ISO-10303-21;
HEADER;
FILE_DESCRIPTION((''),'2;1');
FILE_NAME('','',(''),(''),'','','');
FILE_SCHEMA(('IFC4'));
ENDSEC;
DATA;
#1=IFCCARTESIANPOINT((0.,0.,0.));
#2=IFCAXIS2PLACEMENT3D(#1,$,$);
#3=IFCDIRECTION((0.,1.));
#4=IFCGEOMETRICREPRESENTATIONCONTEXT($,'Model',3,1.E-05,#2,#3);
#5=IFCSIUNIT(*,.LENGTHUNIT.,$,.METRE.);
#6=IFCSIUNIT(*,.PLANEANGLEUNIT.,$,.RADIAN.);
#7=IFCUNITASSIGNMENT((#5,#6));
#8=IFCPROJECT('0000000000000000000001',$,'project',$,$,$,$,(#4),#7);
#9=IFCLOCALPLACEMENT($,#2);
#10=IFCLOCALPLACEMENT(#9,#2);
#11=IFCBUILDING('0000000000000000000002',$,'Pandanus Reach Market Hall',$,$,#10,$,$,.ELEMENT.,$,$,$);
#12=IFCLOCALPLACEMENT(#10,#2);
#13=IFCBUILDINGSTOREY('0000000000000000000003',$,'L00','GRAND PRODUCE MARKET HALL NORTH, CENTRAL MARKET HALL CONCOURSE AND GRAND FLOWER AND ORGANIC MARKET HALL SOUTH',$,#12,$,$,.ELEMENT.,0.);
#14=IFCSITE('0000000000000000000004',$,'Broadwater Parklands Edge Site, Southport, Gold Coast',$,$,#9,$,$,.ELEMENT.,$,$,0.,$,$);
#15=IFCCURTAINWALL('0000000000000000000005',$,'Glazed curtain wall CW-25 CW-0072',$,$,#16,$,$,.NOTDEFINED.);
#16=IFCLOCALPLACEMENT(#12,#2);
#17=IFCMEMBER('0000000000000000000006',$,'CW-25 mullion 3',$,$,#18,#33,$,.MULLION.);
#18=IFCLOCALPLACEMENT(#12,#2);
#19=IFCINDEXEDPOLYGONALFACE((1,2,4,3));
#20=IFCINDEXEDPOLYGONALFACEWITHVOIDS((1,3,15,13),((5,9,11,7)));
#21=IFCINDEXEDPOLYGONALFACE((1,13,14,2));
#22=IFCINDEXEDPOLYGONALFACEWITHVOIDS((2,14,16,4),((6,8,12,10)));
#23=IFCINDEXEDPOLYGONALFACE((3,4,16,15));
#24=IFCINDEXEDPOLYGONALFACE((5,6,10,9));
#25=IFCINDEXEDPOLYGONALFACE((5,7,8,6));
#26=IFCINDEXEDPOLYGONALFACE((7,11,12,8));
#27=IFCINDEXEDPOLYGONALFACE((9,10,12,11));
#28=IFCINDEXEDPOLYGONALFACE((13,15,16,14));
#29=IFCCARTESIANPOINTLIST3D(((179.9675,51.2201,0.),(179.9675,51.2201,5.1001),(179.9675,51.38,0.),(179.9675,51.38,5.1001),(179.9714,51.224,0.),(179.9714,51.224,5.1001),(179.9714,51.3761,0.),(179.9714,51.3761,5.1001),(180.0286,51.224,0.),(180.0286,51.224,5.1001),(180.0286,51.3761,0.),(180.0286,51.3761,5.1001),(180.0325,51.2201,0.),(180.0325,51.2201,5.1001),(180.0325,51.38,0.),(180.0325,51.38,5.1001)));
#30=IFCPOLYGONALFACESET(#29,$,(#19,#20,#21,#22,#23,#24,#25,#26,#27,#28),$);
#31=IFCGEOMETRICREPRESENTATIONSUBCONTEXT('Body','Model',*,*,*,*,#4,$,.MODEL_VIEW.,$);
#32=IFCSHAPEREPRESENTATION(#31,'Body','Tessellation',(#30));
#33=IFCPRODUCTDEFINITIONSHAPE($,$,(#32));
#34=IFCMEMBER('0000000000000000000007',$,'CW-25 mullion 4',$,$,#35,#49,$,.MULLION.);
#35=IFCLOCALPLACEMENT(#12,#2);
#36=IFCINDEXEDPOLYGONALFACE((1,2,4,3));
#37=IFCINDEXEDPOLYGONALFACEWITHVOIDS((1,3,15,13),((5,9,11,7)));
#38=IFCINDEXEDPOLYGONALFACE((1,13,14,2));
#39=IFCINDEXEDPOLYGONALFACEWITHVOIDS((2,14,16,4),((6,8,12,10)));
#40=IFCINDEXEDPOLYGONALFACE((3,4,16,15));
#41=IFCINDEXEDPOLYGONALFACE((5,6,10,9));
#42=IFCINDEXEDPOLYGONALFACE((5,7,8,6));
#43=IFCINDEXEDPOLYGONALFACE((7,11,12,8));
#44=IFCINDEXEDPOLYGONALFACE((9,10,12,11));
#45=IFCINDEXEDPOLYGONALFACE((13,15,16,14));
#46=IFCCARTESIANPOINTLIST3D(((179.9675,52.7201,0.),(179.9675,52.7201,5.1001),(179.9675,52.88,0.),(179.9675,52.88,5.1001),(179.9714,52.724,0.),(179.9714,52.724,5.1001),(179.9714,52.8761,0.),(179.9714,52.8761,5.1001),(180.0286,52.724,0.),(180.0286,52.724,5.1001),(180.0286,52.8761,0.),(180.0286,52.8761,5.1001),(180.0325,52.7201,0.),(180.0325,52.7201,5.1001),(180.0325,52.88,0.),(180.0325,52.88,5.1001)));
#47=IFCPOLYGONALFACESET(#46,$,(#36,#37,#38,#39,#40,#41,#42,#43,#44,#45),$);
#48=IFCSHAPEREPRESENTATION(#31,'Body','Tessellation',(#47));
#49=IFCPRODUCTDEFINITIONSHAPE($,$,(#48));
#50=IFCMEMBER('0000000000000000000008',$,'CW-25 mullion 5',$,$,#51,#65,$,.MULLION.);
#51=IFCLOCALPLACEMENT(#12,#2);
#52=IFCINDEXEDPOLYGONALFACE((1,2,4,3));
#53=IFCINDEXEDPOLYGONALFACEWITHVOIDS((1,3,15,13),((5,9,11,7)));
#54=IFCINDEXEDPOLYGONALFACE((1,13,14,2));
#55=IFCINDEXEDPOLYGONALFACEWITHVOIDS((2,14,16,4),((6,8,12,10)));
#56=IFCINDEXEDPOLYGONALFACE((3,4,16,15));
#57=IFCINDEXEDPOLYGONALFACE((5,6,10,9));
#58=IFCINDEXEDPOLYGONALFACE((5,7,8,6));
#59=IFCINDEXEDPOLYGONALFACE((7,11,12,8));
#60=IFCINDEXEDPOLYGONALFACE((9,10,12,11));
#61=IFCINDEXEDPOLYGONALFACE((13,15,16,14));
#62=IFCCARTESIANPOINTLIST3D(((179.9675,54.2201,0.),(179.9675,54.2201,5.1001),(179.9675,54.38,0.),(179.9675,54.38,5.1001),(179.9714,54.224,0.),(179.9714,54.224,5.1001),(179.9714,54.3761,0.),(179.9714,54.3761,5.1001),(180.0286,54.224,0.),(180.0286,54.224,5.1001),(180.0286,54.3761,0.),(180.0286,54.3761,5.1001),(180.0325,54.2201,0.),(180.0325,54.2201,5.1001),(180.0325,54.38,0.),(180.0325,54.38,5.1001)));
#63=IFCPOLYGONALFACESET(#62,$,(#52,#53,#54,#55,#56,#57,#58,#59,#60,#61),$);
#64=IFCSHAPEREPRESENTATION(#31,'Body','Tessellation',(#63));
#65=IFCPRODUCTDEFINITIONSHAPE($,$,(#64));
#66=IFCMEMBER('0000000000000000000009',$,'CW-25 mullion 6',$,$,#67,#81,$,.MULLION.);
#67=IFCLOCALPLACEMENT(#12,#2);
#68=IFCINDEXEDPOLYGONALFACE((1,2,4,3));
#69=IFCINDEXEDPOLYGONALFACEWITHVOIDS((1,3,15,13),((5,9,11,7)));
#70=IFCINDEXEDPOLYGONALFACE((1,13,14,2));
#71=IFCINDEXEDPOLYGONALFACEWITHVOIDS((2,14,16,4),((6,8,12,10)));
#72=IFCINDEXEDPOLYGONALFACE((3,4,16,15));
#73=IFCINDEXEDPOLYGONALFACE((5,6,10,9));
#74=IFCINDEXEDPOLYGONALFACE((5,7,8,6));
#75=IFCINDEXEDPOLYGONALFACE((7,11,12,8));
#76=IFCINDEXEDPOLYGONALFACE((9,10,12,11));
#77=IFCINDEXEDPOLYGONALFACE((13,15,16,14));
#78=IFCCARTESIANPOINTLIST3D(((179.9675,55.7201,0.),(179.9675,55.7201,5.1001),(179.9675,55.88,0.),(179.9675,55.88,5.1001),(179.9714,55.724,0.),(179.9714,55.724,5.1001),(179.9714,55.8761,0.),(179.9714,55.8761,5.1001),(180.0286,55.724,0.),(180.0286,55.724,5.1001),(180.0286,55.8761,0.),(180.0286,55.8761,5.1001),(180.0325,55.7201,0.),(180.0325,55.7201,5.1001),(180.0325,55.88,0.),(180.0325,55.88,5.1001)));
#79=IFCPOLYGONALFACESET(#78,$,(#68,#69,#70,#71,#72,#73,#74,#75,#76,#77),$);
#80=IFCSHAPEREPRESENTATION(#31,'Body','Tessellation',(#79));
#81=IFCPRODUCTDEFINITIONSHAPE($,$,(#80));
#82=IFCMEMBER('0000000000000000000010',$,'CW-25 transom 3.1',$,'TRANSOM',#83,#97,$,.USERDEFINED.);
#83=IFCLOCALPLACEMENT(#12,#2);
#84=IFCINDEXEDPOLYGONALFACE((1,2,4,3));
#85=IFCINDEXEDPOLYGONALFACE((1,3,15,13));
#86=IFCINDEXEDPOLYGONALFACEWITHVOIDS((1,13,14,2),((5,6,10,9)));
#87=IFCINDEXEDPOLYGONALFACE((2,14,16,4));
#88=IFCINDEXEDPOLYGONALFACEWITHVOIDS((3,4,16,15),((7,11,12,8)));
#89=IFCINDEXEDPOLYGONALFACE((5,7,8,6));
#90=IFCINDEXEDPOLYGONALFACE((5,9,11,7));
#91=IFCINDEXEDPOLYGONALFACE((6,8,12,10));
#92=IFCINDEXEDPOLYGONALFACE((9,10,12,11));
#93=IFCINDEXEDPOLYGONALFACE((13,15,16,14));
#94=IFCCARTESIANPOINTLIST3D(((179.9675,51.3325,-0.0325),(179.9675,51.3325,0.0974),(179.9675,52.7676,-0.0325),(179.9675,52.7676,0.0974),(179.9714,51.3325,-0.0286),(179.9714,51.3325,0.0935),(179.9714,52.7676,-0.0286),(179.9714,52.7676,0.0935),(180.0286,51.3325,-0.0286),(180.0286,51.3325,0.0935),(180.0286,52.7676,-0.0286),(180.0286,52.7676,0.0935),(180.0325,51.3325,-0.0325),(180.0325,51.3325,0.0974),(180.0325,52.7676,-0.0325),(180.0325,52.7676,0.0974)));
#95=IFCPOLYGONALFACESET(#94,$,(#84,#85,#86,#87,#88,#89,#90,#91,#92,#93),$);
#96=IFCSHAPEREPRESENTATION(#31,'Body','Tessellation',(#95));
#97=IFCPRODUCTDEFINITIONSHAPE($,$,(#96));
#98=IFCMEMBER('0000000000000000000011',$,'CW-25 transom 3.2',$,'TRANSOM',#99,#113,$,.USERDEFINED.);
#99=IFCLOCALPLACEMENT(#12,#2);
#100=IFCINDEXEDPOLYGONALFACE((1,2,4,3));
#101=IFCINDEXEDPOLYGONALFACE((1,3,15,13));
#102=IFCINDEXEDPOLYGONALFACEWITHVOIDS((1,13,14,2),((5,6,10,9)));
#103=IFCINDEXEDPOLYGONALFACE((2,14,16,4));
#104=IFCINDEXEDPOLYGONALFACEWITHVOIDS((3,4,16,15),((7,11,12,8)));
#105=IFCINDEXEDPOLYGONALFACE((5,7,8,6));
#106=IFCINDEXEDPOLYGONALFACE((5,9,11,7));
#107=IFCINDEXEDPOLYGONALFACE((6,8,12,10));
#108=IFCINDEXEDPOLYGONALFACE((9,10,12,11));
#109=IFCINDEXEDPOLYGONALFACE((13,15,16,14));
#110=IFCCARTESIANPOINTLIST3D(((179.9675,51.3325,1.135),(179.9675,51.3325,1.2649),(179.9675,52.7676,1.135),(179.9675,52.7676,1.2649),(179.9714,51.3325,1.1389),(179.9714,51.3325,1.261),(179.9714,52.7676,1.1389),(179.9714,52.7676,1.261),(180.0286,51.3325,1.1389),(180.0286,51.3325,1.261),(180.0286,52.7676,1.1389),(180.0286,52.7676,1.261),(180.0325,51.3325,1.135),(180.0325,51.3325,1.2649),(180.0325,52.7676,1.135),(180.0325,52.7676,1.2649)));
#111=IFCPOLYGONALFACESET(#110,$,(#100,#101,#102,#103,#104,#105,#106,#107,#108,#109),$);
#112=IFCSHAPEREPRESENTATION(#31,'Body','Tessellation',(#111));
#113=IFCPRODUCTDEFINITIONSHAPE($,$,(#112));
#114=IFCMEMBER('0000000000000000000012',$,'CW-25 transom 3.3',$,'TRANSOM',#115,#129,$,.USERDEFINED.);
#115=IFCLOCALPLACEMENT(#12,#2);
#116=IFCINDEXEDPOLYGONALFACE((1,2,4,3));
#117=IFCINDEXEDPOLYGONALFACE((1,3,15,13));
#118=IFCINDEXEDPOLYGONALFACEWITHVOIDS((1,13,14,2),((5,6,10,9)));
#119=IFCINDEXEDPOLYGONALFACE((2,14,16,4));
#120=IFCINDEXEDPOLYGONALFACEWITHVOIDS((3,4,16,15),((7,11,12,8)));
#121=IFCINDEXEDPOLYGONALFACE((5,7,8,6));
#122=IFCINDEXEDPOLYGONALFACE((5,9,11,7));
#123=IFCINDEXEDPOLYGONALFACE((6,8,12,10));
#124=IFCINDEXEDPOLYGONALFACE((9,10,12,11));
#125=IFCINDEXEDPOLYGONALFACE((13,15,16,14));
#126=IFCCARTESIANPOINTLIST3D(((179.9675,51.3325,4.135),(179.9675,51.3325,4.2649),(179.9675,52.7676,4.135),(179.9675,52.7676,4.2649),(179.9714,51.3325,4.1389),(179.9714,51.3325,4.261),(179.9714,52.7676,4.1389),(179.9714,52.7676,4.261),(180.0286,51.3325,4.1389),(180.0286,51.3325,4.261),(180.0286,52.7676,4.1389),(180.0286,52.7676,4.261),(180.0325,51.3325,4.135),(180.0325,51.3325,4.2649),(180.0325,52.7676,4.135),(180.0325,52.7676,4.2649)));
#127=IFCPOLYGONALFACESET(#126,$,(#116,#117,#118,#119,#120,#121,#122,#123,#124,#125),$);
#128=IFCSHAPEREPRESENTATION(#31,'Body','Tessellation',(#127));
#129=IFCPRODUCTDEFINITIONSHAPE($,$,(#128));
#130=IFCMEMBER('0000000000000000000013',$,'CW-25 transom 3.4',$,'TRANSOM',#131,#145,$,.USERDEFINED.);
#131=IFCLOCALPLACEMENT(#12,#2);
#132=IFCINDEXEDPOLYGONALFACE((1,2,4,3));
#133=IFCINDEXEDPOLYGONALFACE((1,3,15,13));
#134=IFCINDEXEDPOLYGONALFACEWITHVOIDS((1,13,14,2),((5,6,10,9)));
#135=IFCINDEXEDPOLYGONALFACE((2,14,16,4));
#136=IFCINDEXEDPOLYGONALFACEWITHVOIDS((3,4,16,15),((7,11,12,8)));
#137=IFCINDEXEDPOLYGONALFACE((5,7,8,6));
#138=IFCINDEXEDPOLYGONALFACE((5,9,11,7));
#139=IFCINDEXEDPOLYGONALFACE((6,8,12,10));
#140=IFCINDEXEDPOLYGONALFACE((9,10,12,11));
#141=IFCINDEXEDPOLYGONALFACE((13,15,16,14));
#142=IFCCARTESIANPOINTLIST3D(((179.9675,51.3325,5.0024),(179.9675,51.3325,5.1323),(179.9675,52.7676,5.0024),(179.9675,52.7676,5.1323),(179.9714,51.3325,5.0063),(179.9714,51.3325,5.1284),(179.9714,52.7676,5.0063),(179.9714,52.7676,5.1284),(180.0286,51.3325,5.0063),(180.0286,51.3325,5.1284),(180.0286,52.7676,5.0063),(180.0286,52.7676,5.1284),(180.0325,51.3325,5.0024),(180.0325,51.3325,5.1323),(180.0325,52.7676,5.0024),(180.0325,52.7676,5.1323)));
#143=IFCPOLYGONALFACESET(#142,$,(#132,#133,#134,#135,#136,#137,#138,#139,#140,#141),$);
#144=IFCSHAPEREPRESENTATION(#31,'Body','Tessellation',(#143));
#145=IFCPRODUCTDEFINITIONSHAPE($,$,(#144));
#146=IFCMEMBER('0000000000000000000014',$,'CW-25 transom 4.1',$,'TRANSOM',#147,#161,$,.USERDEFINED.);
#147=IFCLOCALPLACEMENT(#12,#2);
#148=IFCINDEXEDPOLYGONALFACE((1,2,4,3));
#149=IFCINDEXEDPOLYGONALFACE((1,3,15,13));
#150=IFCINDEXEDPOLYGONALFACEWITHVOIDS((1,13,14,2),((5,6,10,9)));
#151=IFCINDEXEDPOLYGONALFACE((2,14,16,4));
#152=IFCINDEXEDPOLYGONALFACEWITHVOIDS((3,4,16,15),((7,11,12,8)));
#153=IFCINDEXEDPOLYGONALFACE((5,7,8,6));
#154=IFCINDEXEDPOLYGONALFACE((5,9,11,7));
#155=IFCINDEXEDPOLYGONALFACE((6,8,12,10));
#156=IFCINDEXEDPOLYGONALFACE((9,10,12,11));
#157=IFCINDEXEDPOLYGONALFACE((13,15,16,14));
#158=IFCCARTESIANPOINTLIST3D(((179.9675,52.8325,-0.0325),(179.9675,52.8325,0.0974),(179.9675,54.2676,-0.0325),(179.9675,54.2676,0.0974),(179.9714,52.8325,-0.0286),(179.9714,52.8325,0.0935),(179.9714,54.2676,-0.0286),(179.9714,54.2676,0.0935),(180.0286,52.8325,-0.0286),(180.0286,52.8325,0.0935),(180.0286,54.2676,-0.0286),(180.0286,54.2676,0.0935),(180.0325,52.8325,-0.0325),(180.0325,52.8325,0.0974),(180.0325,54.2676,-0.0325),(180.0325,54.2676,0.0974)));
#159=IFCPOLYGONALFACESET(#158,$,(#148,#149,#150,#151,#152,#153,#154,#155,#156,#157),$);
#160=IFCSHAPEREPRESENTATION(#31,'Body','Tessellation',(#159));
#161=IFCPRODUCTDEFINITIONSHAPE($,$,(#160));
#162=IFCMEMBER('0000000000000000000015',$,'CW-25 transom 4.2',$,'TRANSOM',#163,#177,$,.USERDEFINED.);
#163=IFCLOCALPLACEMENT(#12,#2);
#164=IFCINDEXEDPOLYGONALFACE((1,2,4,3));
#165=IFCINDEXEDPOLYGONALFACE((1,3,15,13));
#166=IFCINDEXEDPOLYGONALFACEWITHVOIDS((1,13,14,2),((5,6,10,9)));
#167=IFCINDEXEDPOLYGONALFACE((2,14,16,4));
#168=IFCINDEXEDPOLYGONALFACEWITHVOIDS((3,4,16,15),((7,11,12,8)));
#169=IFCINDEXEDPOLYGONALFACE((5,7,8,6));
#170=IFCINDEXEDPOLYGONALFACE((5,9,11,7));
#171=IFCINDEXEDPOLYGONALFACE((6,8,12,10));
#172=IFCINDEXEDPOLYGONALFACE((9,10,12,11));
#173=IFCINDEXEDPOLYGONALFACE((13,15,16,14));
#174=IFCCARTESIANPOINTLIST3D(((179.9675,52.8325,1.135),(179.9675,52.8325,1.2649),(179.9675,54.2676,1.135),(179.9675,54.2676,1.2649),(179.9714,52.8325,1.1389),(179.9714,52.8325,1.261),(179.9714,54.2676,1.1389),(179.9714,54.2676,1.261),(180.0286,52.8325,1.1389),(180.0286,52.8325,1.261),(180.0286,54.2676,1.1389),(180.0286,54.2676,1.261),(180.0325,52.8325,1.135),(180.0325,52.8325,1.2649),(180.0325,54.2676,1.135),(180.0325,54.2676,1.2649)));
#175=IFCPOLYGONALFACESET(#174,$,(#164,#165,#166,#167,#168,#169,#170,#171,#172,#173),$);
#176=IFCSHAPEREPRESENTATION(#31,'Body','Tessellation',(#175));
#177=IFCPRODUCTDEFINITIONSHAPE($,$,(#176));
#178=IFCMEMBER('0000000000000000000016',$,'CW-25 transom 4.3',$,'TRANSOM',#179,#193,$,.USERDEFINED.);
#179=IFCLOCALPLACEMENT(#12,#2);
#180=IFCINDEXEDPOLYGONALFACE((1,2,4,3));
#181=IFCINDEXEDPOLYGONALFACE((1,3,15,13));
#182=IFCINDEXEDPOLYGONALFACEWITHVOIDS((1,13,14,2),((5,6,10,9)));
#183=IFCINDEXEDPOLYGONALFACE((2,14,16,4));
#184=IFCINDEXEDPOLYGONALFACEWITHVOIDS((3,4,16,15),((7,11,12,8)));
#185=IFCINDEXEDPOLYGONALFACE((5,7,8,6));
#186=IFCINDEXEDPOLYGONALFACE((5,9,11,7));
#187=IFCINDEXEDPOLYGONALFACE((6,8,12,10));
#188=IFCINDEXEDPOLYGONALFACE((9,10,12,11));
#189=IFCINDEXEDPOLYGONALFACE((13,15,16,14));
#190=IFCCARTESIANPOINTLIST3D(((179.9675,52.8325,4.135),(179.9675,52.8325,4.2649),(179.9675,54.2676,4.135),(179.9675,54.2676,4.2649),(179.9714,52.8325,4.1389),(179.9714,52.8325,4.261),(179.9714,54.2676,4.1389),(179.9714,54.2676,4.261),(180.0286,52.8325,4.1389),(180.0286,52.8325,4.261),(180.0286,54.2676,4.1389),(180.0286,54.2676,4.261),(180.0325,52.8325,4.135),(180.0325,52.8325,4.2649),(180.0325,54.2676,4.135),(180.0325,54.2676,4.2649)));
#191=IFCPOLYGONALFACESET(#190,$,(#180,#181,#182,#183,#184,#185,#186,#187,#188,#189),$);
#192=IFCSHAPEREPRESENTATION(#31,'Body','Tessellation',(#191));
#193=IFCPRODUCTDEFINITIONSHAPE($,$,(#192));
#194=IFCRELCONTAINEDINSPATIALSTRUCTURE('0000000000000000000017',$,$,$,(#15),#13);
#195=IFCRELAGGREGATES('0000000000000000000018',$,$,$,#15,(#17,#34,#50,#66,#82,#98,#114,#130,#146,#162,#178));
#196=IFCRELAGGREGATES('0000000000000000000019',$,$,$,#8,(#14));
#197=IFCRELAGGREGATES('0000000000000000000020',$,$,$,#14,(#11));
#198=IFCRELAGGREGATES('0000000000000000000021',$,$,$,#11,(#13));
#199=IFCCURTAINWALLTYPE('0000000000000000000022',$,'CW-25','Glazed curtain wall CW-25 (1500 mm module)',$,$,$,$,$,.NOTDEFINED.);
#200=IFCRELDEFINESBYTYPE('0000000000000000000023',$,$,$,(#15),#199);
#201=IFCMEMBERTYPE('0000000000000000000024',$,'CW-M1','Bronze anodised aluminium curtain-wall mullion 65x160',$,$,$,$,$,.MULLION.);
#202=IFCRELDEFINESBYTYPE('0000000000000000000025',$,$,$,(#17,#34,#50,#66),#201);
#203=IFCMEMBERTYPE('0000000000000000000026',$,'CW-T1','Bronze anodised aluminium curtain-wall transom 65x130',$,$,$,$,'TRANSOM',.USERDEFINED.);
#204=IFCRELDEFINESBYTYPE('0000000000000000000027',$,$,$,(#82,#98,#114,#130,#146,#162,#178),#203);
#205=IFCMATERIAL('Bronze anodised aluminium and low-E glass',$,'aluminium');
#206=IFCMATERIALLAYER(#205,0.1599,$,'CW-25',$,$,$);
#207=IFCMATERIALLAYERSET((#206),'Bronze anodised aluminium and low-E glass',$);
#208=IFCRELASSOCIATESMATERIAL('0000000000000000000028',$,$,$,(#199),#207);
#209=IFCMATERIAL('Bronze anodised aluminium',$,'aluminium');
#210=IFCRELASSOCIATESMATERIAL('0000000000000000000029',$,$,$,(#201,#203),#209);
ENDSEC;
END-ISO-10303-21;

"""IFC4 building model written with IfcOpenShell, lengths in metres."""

from ifc_helpers import new_model, si_unit, direction, frame, origin, origin_2d, place, context, subcontext, project, spatial, hollow_rectangle, extrude, material, layer, layer_set, material_profile, profile_set, type_object, element, aggregate, save


model = new_model("IFC4")

# Units and contexts
model_context = context("Model", 3, precision=1e-05, world=origin(), true_north=direction((0.0, 1.0)))
body_context = subcontext(model_context, "Body", "Model", "MODEL_VIEW")
ifc_project = project(units=[si_unit("LENGTHUNIT", "METRE"), si_unit("PLANEANGLEUNIT", "RADIAN")], contexts=[model_context])

# Site, building, storey
site_placement = place(None, origin())
site = spatial("IfcSite", under=ifc_project, at=site_placement, Name="Broadwater Parklands Edge Site, Southport, Gold Coast", CompositionType="ELEMENT", RefElevation=0.0)
building_placement = place(site_placement, origin())
building = spatial("IfcBuilding", under=site, at=building_placement, Name="Pandanus Reach Market Hall", CompositionType="ELEMENT")
storey_placement = place(building_placement, origin())
storey = spatial("IfcBuildingStorey", under=building, at=storey_placement, Name="L00", Description="GRAND PRODUCE MARKET HALL NORTH, CENTRAL MARKET HALL CONCOURSE AND GRAND FLOWER AND ORGANIC MARKET HALL SOUTH", CompositionType="ELEMENT", Elevation=0.0)

# Curtain wall, members
ifc_material_1 = material(Name="Bronze anodised aluminium and low-E glass", Category="aluminium")
ifc_layer_1 = layer(ifc_material_1, 0.1599, Name="CW-25")
ifc_layer_set_1 = layer_set([ifc_layer_1], Name="Bronze anodised aluminium and low-E glass")
curtain_wall_type = type_object("IfcCurtainWallType", Name="CW-25", Description="Glazed curtain wall CW-25 (1500 mm module)", PredefinedType="NOTDEFINED", material=ifc_layer_set_1)
curtain_wall_placement = place(storey_placement, origin())
curtain_wall = element("IfcCurtainWall", 1, at=curtain_wall_placement, inside=storey, type_object=curtain_wall_type, Name="Glazed curtain wall CW-25 CW-0072", PredefinedType="NOTDEFINED")
ifc_material_2 = material(Name="Bronze anodised aluminium", Category="aluminium")
ifc_material_profile_1 = material_profile(ifc_material_2, hollow_rectangle(XDim=0.0649, YDim=0.1599, WallThickness=0.0039, at=origin_2d()), Name="ALU65x160", Category="LoadBearing")
ifc_profile_set_1 = profile_set([ifc_material_profile_1], Name="Bronze anodised aluminium")
member_type_1 = type_object("IfcMemberType", Name="CW-M1", Description="Bronze anodised aluminium curtain-wall mullion 65x160", PredefinedType="MULLION", material=ifc_profile_set_1)
member_1_placement = place(storey_placement, frame((180.0, 51.3, 0.0), z_axis=(0.0, 0.0, 1.0), x_axis=(-1.0, 0.0, 0.0)))
member_1 = element("IfcMember", 2, at=member_1_placement, type_object=member_type_1, Name="CW-25 mullion 3", PredefinedType="MULLION", context=body_context, shape_type="SweptSolid", body=[
    extrude(hollow_rectangle(XDim=0.0649, YDim=0.1599, WallThickness=0.0039, at=origin_2d()), origin(), (0.0, 0.0, 1.0), 5.1001),
])
member_2_placement = place(storey_placement, frame((180.0, 52.8, 0.0), z_axis=(0.0, 0.0, 1.0), x_axis=(-1.0, 0.0, 0.0)))
member_2 = element("IfcMember", 3, at=member_2_placement, type_object=member_type_1, Name="CW-25 mullion 4", PredefinedType="MULLION", context=body_context, shape_type="SweptSolid", body=[
    extrude(hollow_rectangle(XDim=0.0649, YDim=0.1599, WallThickness=0.0039, at=origin_2d()), origin(), (0.0, 0.0, 1.0), 5.1001),
])
member_3_placement = place(storey_placement, frame((180.0, 54.3, 0.0), z_axis=(0.0, 0.0, 1.0), x_axis=(-1.0, 0.0, 0.0)))
member_3 = element("IfcMember", 4, at=member_3_placement, type_object=member_type_1, Name="CW-25 mullion 5", PredefinedType="MULLION", context=body_context, shape_type="SweptSolid", body=[
    extrude(hollow_rectangle(XDim=0.0649, YDim=0.1599, WallThickness=0.0039, at=origin_2d()), origin(), (0.0, 0.0, 1.0), 5.1001),
])
member_4_placement = place(storey_placement, frame((180.0, 55.8, 0.0), z_axis=(0.0, 0.0, 1.0), x_axis=(-1.0, 0.0, 0.0)))
member_4 = element("IfcMember", 5, at=member_4_placement, type_object=member_type_1, Name="CW-25 mullion 6", PredefinedType="MULLION", context=body_context, shape_type="SweptSolid", body=[
    extrude(hollow_rectangle(XDim=0.0649, YDim=0.1599, WallThickness=0.0039, at=origin_2d()), origin(), (0.0, 0.0, 1.0), 5.1001),
])
ifc_material_profile_2 = material_profile(ifc_material_2, hollow_rectangle(XDim=0.0649, YDim=0.1299, WallThickness=0.0039, at=origin_2d()), Name="ALU65x130", Category="LoadBearing")
ifc_profile_set_2 = profile_set([ifc_material_profile_2], Name="Bronze anodised aluminium")
member_type_2 = type_object("IfcMemberType", Name="CW-T1", Description="Bronze anodised aluminium curtain-wall transom 65x130", ElementType="TRANSOM", PredefinedType="USERDEFINED", material=ifc_profile_set_2)
member_5_placement = place(storey_placement, frame((180.0, 51.3325, 0.0325), z_axis=(0.0, 1.0, 0.0), x_axis=(-1.0, 0.0, 0.0)))
member_5 = element("IfcMember", 6, at=member_5_placement, type_object=member_type_2, Name="CW-25 transom 3.1", ObjectType="TRANSOM", PredefinedType="USERDEFINED", context=body_context, shape_type="SweptSolid", body=[
    extrude(hollow_rectangle(XDim=0.0649, YDim=0.1299, WallThickness=0.0039, at=origin_2d()), origin(), (0.0, 0.0, 1.0), 1.4351),
])
member_6_placement = place(storey_placement, frame((180.0, 51.3325, 1.2), z_axis=(0.0, 1.0, 0.0), x_axis=(-1.0, 0.0, 0.0)))
member_6 = element("IfcMember", 7, at=member_6_placement, type_object=member_type_2, Name="CW-25 transom 3.2", ObjectType="TRANSOM", PredefinedType="USERDEFINED", context=body_context, shape_type="SweptSolid", body=[
    extrude(hollow_rectangle(XDim=0.0649, YDim=0.1299, WallThickness=0.0039, at=origin_2d()), origin(), (0.0, 0.0, 1.0), 1.4351),
])
member_7_placement = place(storey_placement, frame((180.0, 51.3325, 4.2), z_axis=(0.0, 1.0, 0.0), x_axis=(-1.0, 0.0, 0.0)))
member_7 = element("IfcMember", 8, at=member_7_placement, type_object=member_type_2, Name="CW-25 transom 3.3", ObjectType="TRANSOM", PredefinedType="USERDEFINED", context=body_context, shape_type="SweptSolid", body=[
    extrude(hollow_rectangle(XDim=0.0649, YDim=0.1299, WallThickness=0.0039, at=origin_2d()), origin(), (0.0, 0.0, 1.0), 1.4351),
])
member_8_placement = place(storey_placement, frame((180.0, 51.3325, 5.0674), z_axis=(0.0, 1.0, 0.0), x_axis=(-1.0, 0.0, 0.0)))
member_8 = element("IfcMember", 9, at=member_8_placement, type_object=member_type_2, Name="CW-25 transom 3.4", ObjectType="TRANSOM", PredefinedType="USERDEFINED", context=body_context, shape_type="SweptSolid", body=[
    extrude(hollow_rectangle(XDim=0.0649, YDim=0.1299, WallThickness=0.0039, at=origin_2d()), origin(), (0.0, 0.0, 1.0), 1.4351),
])
member_9_placement = place(storey_placement, frame((180.0, 52.8325, 0.0325), z_axis=(0.0, 1.0, 0.0), x_axis=(-1.0, 0.0, 0.0)))
member_9 = element("IfcMember", 10, at=member_9_placement, type_object=member_type_2, Name="CW-25 transom 4.1", ObjectType="TRANSOM", PredefinedType="USERDEFINED", context=body_context, shape_type="SweptSolid", body=[
    extrude(hollow_rectangle(XDim=0.0649, YDim=0.1299, WallThickness=0.0039, at=origin_2d()), origin(), (0.0, 0.0, 1.0), 1.4351),
])
member_10_placement = place(storey_placement, frame((180.0, 52.8325, 1.2), z_axis=(0.0, 1.0, 0.0), x_axis=(-1.0, 0.0, 0.0)))
member_10 = element("IfcMember", 11, at=member_10_placement, type_object=member_type_2, Name="CW-25 transom 4.2", ObjectType="TRANSOM", PredefinedType="USERDEFINED", context=body_context, shape_type="SweptSolid", body=[
    extrude(hollow_rectangle(XDim=0.0649, YDim=0.1299, WallThickness=0.0039, at=origin_2d()), origin(), (0.0, 0.0, 1.0), 1.4351),
])
member_11_placement = place(storey_placement, frame((180.0, 52.8325, 4.2), z_axis=(0.0, 1.0, 0.0), x_axis=(-1.0, 0.0, 0.0)))
member_11 = element("IfcMember", 12, at=member_11_placement, type_object=member_type_2, Name="CW-25 transom 4.3", ObjectType="TRANSOM", PredefinedType="USERDEFINED", context=body_context, shape_type="SweptSolid", body=[
    extrude(hollow_rectangle(XDim=0.0649, YDim=0.1299, WallThickness=0.0039, at=origin_2d()), origin(), (0.0, 0.0, 1.0), 1.4351),
])
aggregate(curtain_wall, [member_1, member_2, member_3, member_4, member_5, member_6, member_7, member_8, member_9, member_10, member_11])

save(model, "model.ifc")
